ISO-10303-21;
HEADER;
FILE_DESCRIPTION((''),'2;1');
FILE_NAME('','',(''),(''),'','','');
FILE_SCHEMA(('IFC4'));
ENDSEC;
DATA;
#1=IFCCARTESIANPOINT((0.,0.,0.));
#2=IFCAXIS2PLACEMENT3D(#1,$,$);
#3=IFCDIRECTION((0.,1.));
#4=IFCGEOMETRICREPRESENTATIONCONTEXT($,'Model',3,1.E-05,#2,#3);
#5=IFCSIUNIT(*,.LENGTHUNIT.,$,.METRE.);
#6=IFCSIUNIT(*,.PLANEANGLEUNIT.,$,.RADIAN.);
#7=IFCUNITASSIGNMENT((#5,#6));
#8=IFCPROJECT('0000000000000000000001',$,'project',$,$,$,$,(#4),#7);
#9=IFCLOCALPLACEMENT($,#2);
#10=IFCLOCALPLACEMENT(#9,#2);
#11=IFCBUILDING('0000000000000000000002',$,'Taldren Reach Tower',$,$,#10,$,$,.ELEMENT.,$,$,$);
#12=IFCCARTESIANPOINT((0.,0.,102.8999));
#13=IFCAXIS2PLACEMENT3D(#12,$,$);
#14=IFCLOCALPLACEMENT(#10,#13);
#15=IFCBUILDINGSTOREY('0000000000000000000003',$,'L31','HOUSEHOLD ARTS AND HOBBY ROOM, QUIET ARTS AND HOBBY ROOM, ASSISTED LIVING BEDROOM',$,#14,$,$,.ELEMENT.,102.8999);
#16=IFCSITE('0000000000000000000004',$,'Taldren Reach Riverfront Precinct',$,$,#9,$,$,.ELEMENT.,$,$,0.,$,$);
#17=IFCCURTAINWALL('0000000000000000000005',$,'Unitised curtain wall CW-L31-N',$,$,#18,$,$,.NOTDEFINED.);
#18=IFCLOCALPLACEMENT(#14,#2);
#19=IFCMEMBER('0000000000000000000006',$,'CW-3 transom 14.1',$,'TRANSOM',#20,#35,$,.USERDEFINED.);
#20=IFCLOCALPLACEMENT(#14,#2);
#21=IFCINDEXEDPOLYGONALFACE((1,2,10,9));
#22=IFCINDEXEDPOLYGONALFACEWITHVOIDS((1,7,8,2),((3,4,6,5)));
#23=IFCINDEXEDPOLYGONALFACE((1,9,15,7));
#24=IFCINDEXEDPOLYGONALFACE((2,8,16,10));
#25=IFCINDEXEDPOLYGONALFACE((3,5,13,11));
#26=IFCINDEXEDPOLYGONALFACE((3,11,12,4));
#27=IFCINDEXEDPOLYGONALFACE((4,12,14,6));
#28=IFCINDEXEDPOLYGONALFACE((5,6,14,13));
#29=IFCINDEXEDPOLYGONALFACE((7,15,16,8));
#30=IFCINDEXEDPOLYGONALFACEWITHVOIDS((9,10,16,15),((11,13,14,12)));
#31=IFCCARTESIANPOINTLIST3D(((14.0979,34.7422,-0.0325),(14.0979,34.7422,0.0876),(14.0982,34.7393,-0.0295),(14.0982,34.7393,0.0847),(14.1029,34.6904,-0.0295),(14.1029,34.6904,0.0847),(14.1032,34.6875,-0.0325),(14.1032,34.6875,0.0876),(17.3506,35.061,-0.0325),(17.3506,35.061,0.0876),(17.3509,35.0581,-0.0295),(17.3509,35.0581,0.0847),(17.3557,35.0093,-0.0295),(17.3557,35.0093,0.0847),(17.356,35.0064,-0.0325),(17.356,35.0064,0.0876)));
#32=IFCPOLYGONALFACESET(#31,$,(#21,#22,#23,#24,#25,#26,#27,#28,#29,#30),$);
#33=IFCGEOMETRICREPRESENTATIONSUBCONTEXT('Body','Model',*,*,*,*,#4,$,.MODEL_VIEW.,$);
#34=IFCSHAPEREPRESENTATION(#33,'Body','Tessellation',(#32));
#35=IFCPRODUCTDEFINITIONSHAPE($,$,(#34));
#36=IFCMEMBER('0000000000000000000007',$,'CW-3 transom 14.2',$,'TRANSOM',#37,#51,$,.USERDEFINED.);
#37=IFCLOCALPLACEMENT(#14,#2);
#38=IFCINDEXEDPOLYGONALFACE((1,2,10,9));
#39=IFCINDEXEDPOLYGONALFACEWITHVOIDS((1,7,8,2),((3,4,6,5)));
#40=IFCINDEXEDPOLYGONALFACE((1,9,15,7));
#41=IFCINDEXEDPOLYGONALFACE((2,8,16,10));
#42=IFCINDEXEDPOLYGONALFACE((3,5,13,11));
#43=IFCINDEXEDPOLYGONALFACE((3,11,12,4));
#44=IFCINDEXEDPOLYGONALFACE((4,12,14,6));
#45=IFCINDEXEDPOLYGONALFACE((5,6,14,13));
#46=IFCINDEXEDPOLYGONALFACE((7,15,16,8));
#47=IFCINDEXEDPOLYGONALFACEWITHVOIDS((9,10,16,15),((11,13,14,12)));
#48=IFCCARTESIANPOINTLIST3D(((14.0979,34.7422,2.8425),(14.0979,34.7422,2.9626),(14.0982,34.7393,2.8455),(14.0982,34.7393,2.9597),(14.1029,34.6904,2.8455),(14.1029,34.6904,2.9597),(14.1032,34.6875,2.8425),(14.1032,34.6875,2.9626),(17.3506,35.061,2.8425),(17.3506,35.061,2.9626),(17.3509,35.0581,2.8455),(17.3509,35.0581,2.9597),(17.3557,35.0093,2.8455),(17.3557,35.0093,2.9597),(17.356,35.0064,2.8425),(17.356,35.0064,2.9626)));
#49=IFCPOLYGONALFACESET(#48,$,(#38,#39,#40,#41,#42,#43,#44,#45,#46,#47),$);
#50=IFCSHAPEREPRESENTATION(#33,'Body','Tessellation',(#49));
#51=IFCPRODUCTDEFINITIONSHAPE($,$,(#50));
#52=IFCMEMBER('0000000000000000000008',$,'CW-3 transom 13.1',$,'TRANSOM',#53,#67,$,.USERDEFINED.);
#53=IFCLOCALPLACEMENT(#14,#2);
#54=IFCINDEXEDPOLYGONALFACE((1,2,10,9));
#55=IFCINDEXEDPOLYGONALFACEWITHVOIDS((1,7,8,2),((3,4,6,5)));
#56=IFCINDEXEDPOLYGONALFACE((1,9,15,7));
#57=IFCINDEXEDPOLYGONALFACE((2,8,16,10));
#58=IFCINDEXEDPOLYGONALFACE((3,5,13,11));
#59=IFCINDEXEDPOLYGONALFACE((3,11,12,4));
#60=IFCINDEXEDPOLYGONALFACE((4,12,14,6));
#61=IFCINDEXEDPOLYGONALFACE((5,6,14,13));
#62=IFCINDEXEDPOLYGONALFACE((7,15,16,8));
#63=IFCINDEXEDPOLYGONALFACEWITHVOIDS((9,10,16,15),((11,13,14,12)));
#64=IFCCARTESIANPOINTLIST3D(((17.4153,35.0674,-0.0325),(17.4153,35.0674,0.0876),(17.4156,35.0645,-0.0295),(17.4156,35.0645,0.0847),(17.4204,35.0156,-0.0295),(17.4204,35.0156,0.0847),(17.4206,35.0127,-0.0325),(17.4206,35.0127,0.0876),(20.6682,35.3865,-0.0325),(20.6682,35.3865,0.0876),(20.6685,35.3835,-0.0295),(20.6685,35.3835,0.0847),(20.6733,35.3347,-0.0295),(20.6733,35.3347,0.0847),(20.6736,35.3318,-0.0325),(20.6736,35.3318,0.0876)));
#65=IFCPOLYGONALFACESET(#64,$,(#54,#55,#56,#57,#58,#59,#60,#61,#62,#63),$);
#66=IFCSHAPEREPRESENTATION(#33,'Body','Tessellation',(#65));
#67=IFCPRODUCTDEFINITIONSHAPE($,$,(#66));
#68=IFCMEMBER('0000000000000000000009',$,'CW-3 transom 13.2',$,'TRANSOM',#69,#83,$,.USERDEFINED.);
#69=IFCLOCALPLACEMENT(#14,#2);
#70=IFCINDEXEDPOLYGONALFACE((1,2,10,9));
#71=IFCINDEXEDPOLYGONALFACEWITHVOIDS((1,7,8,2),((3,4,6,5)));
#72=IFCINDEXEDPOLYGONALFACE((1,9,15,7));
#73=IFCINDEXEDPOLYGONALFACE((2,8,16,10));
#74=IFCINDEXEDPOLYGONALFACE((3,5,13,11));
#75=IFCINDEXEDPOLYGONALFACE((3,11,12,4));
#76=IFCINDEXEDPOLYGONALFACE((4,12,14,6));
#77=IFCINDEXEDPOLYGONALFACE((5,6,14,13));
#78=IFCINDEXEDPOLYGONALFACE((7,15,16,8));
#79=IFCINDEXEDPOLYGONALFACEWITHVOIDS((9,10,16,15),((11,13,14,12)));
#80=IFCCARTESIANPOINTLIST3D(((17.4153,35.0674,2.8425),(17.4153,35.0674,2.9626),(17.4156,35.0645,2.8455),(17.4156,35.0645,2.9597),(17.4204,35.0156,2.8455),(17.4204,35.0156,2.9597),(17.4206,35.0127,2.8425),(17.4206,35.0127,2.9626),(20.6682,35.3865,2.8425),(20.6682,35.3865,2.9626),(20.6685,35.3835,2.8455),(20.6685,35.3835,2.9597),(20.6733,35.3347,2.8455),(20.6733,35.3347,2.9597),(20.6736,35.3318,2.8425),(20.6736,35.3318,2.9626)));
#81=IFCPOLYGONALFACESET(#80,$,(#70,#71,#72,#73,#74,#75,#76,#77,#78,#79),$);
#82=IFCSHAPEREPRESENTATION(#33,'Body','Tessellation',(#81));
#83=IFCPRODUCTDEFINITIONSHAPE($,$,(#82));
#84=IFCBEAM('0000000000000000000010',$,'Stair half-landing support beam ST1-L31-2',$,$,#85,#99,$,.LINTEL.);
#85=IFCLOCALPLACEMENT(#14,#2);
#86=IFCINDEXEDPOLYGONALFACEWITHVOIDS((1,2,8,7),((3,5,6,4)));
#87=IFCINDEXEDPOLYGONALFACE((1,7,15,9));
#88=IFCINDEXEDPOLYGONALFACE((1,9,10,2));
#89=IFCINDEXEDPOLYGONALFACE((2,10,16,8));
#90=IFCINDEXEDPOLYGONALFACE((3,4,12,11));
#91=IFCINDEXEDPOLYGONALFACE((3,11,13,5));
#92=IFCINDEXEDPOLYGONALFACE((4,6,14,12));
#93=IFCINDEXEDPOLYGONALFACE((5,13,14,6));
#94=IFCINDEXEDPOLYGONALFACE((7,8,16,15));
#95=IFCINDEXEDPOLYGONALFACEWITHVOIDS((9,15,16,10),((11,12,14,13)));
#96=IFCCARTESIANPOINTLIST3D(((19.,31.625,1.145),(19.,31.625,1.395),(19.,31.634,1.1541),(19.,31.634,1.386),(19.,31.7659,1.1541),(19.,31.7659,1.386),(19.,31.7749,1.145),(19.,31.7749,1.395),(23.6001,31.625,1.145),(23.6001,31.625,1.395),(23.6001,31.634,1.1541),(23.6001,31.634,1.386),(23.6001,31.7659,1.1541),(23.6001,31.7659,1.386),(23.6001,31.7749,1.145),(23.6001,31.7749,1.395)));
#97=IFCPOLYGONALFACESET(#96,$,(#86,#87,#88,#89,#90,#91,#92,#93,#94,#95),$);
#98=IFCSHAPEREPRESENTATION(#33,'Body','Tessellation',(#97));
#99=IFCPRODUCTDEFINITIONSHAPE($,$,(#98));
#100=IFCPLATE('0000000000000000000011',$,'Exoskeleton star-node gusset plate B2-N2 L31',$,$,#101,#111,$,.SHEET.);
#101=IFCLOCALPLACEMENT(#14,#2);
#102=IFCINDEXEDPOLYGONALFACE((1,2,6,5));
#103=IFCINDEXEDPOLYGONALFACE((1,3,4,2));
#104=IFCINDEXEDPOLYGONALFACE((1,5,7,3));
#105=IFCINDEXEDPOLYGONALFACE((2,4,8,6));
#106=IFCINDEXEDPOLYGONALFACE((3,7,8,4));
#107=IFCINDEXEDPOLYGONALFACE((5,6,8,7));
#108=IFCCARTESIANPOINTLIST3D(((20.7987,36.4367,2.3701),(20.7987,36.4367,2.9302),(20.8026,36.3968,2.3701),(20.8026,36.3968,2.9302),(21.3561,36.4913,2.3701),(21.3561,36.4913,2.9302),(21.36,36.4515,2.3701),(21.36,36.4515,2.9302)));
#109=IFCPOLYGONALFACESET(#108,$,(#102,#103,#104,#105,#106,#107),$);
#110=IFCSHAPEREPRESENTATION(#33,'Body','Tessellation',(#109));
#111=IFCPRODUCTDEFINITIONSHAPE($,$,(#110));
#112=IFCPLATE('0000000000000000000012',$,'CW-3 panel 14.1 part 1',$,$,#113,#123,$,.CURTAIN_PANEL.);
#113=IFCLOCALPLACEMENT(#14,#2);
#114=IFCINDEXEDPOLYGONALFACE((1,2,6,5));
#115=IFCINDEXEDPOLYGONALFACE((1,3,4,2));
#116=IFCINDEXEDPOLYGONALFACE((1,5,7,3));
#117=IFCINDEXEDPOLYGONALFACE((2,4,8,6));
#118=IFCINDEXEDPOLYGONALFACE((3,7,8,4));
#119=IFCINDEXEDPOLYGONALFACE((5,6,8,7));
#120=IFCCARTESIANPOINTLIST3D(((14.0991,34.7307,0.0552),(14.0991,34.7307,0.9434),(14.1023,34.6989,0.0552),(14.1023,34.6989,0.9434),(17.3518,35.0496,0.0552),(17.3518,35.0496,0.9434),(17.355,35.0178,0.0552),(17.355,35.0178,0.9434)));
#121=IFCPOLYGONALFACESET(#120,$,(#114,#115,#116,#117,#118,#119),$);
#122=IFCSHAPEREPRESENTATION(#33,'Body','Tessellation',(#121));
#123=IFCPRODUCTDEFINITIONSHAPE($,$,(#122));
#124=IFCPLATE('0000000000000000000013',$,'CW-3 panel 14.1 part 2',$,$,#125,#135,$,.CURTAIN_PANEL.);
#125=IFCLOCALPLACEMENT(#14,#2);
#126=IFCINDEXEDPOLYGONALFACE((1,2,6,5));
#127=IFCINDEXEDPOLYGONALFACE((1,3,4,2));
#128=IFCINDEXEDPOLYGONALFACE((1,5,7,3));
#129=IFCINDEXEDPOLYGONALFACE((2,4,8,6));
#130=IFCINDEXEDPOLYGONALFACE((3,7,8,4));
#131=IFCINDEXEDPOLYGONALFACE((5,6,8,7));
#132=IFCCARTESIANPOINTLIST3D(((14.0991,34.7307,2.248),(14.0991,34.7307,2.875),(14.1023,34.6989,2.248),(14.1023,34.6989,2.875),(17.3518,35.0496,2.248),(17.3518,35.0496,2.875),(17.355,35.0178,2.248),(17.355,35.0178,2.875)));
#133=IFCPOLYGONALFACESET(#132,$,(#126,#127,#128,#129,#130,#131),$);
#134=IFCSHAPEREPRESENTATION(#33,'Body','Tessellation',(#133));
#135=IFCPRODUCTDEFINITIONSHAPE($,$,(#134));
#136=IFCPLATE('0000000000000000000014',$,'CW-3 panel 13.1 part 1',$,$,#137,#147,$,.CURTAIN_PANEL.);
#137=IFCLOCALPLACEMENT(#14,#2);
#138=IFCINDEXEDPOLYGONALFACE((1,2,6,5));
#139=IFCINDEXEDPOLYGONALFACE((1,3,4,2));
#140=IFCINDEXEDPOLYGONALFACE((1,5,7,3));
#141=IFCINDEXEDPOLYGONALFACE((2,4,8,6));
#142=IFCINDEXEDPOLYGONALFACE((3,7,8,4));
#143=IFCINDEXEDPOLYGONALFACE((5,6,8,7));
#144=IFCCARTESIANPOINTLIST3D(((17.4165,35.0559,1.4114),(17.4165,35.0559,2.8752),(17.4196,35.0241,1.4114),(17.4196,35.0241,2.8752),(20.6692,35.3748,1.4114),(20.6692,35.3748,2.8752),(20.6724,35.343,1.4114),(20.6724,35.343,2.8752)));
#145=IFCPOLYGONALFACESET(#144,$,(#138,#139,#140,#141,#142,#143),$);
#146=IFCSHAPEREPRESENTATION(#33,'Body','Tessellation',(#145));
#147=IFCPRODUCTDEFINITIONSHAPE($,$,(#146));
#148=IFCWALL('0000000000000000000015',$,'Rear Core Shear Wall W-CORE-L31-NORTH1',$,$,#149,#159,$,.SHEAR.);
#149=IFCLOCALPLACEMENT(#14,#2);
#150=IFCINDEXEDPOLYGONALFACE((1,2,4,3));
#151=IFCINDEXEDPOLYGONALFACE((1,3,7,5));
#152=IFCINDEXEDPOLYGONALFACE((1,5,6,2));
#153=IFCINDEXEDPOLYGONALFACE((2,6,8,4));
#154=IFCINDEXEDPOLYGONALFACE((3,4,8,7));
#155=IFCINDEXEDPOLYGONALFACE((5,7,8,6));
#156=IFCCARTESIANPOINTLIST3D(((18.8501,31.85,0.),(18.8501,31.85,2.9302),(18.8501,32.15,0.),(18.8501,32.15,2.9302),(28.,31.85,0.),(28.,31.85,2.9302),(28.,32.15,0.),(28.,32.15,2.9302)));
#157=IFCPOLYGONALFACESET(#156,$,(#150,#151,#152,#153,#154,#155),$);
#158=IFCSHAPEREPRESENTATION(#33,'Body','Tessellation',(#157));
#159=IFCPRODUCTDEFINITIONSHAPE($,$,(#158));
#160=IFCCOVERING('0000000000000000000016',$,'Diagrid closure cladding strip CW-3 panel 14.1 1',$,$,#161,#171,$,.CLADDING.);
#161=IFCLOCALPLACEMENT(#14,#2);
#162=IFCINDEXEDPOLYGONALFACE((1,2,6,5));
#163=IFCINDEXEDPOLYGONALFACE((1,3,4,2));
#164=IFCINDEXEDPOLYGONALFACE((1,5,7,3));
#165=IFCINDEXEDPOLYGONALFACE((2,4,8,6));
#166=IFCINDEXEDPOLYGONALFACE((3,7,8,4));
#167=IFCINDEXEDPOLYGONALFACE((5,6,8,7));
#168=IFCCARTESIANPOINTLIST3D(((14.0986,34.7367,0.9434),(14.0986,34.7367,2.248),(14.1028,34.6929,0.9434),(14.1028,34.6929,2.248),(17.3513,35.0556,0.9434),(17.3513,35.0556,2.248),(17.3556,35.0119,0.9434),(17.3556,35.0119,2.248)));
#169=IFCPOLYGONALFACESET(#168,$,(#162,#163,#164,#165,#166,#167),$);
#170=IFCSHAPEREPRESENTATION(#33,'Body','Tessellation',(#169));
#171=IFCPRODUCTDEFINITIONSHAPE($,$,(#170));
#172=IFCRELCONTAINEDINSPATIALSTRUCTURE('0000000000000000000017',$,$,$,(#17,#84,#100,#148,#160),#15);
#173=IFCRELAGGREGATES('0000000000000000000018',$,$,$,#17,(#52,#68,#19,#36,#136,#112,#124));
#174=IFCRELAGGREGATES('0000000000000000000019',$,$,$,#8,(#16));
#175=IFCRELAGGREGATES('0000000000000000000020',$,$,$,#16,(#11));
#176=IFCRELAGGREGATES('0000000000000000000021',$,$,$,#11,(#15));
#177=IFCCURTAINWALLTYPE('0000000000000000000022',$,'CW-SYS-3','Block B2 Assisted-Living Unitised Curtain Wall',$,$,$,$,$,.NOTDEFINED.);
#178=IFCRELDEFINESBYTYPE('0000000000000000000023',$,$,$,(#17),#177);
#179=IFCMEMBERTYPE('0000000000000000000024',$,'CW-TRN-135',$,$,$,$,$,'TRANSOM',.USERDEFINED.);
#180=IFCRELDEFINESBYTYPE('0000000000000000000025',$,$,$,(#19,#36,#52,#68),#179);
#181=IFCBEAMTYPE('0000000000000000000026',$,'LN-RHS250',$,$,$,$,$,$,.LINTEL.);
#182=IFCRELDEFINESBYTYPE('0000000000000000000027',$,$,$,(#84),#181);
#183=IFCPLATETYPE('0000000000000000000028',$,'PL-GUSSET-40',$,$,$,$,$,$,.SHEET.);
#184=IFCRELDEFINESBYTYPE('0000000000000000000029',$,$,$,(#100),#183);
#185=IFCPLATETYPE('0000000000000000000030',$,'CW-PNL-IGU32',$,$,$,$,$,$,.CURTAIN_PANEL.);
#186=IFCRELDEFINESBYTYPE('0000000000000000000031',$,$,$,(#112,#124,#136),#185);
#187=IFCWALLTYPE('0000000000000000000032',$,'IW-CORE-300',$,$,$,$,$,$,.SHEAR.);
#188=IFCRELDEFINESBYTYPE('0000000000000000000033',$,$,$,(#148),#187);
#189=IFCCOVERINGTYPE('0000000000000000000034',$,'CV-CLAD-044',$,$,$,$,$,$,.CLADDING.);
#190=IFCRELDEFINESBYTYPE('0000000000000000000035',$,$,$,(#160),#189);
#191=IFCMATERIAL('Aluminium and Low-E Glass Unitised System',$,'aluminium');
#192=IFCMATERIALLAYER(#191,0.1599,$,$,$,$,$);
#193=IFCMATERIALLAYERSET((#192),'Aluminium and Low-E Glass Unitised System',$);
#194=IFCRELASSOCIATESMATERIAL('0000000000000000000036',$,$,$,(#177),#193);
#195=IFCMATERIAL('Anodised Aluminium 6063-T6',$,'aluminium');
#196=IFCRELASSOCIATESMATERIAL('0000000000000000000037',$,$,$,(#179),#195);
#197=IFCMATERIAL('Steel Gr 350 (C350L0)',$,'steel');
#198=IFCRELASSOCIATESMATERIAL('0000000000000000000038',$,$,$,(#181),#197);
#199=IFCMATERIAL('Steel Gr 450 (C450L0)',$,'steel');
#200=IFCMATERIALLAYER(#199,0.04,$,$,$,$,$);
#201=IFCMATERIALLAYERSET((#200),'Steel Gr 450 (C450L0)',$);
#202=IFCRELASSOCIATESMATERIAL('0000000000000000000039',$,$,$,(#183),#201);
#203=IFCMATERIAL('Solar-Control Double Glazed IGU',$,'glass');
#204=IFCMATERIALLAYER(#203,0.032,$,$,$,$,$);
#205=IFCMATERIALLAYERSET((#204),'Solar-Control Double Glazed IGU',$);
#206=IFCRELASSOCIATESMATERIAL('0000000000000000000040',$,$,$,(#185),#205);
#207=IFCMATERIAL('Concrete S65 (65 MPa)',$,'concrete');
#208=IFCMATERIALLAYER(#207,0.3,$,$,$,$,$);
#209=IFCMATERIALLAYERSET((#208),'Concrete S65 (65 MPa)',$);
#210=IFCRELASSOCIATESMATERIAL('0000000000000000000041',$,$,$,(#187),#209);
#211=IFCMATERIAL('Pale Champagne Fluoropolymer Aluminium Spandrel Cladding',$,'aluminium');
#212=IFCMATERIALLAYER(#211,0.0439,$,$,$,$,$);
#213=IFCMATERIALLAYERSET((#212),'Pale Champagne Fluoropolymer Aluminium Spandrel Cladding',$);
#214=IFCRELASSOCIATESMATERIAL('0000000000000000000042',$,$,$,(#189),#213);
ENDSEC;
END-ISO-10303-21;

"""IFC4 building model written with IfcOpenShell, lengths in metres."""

from ifc_helpers import new_model, si_unit, direction, frame, frame_2d, origin, origin_2d, place, context, subcontext, project, spatial, rectangle, hollow_rectangle, extrude, source, transform, mapped, material, layer, layer_set, material_profile, profile_set, type_object, element, aggregate, save


model = new_model("IFC4")

# Units and contexts
model_context = context("Model", 3, precision=1e-05, world=origin(), true_north=direction((0.0, 1.0)))
body_context = subcontext(model_context, "Body", "Model", "MODEL_VIEW")
ifc_project = project(units=[si_unit("LENGTHUNIT", "METRE"), si_unit("PLANEANGLEUNIT", "RADIAN")], contexts=[model_context])

# Site, building, storey
site_placement = place(None, origin())
site = spatial("IfcSite", under=ifc_project, at=site_placement, Name="Taldren Reach Riverfront Precinct", CompositionType="ELEMENT", RefElevation=0.0)
building_placement = place(site_placement, origin())
building = spatial("IfcBuilding", under=site, at=building_placement, Name="Taldren Reach Tower", CompositionType="ELEMENT")
storey_placement = place(building_placement, frame((0.0, 0.0, 102.8999)))
storey = spatial("IfcBuildingStorey", under=building, at=storey_placement, Name="L31", Description="HOUSEHOLD ARTS AND HOBBY ROOM, QUIET ARTS AND HOBBY ROOM, ASSISTED LIVING BEDROOM", CompositionType="ELEMENT", Elevation=102.8999)

# Shared definitions
ifc_material_1 = material(Name="Concrete S65 (65 MPa)", Category="concrete")

# Shared definitions
ifc_material_2 = material(Name="Steel Gr 450 (C450L0)", Category="steel")

# Curtain wall, members
ifc_material_3 = material(Name="Aluminium and Low-E Glass Unitised System", Category="aluminium")
ifc_layer_1 = layer(ifc_material_3, 0.1599)
ifc_layer_set_1 = layer_set([ifc_layer_1], Name="Aluminium and Low-E Glass Unitised System")
curtain_wall_type = type_object("IfcCurtainWallType", Name="CW-SYS-3", Description="Block B2 Assisted-Living Unitised Curtain Wall", PredefinedType="NOTDEFINED", material=ifc_layer_set_1)
curtain_wall_placement = place(storey_placement, origin())
curtain_wall = element("IfcCurtainWall", 1, at=curtain_wall_placement, inside=storey, type_object=curtain_wall_type, Name="Unitised curtain wall CW-L31-N", PredefinedType="NOTDEFINED")
ifc_material_4 = material(Name="Anodised Aluminium 6063-T6", Category="aluminium")
ifc_material_profile_1 = material_profile(ifc_material_4, hollow_rectangle(XDim=0.0549, YDim=0.1201, WallThickness=0.0029, at=origin_2d()), Name="ALU-120x55x3RHS")
ifc_profile_set_1 = profile_set([ifc_material_profile_1], Name="Anodised Aluminium 6063-T6")
member_type_1 = type_object("IfcMemberType", Name="CW-TRN-135", ElementType="TRANSOM", PredefinedType="USERDEFINED", material=ifc_profile_set_1)
shared_shape_1 = source(origin(), body_context, "Body", "SweptSolid", [
    extrude(hollow_rectangle(XDim=0.0549, YDim=0.1201, WallThickness=0.0029, at=origin_2d()), origin(), (0.0, 0.0, 1.0), 3.2683),
])
member_1_placement = place(storey_placement, frame((17.3533, 35.0337, 0.0276), z_axis=(-0.99523, -0.097558, 0.0), x_axis=(0.097558, -0.99523, 0.0)))
member_1 = element("IfcMember", 2, at=member_1_placement, type_object=member_type_1, Name="CW-3 transom 14.1", ObjectType="TRANSOM", PredefinedType="USERDEFINED", context=body_context, shape_type="MappedRepresentation", body=[
    mapped(shared_shape_1, transform((0.0, 0.0, 0.0), scale=1.0)),
])
member_2_placement = place(storey_placement, frame((17.3533, 35.0337, 2.9026), z_axis=(-0.99523, -0.097558, 0.0), x_axis=(0.097558, -0.99523, 0.0)))
member_2 = element("IfcMember", 3, at=member_2_placement, type_object=member_type_1, Name="CW-3 transom 14.2", ObjectType="TRANSOM", PredefinedType="USERDEFINED", context=body_context, shape_type="MappedRepresentation", body=[
    mapped(shared_shape_1, transform((0.0, 0.0, 0.0), scale=1.0)),
])
shared_shape_2 = source(origin(), body_context, "Body", "SweptSolid", [
    extrude(hollow_rectangle(XDim=0.0549, YDim=0.1201, WallThickness=0.0029, at=origin_2d()), origin(), (0.0, 0.0, 1.0), 3.2686),
])
member_3_placement = place(storey_placement, frame((20.6709, 35.3591, 0.0276), z_axis=(-0.995223, -0.097625, 0.0), x_axis=(0.097625, -0.995223, 0.0)))
member_3 = element("IfcMember", 4, at=member_3_placement, type_object=member_type_1, Name="CW-3 transom 13.1", ObjectType="TRANSOM", PredefinedType="USERDEFINED", context=body_context, shape_type="MappedRepresentation", body=[
    mapped(shared_shape_2, transform((0.0, 0.0, 0.0), scale=1.0)),
])
member_4_placement = place(storey_placement, frame((20.6709, 35.3591, 2.9026), z_axis=(-0.995223, -0.097625, 0.0), x_axis=(0.097625, -0.995223, 0.0)))
member_4 = element("IfcMember", 5, at=member_4_placement, type_object=member_type_1, Name="CW-3 transom 13.2", ObjectType="TRANSOM", PredefinedType="USERDEFINED", context=body_context, shape_type="MappedRepresentation", body=[
    mapped(shared_shape_2, transform((0.0, 0.0, 0.0), scale=1.0)),
])

# Beam
ifc_material_5 = material(Name="Steel Gr 350 (C350L0)", Category="steel")
ifc_material_profile_2 = material_profile(ifc_material_5, hollow_rectangle(XDim=0.1499, YDim=0.25, WallThickness=0.009, at=origin_2d()), Name="250x150x9.0RHS")
ifc_profile_set_2 = profile_set([ifc_material_profile_2], Name="Steel Gr 350 (C350L0)")
beam_type_1 = type_object("IfcBeamType", Name="LN-RHS250", PredefinedType="LINTEL", material=ifc_profile_set_2)
shared_shape_3 = source(origin(), body_context, "Body", "SweptSolid", [
    extrude(hollow_rectangle(XDim=0.1499, YDim=0.25, WallThickness=0.009, at=origin_2d()), origin(), (0.0, 0.0, 1.0), 4.6001),
])
beam_1_placement = place(storey_placement, frame((19.0, 31.7, 1.27), z_axis=(1.0, 0.0, 0.0), x_axis=(0.0, 1.0, 0.0)))
element("IfcBeam", 6, at=beam_1_placement, inside=storey, type_object=beam_type_1, Name="Stair half-landing support beam ST1-L31-2", PredefinedType="LINTEL", context=body_context, shape_type="MappedRepresentation", body=[
    mapped(shared_shape_3, transform((0.0, 0.0, 0.0), scale=1.0)),
])

# Plates
ifc_layer_2 = layer(ifc_material_2, 0.04)
ifc_layer_set_2 = layer_set([ifc_layer_2], Name="Steel Gr 450 (C450L0)")
plate_type_1 = type_object("IfcPlateType", Name="PL-GUSSET-40", PredefinedType="SHEET", material=ifc_layer_set_2)
shared_shape_4 = source(origin(), body_context, "Body", "SweptSolid", [
    extrude(rectangle(XDim=0.5601, YDim=0.04, at=origin_2d()), origin(), (0.0, 0.0, 1.0), 0.5601),
])
plate_1_placement = place(storey_placement, frame((21.0793, 36.4441, 2.3701), z_axis=(0.0, 0.0, 1.0), x_axis=(0.995227, 0.097583, 0.0)))
element("IfcPlate", 7, at=plate_1_placement, inside=storey, type_object=plate_type_1, Name="Exoskeleton star-node gusset plate B2-N2 L31", PredefinedType="SHEET", context=body_context, shape_type="MappedRepresentation", body=[
    mapped(shared_shape_4, transform((0.0, 0.0, 0.0), scale=1.0)),
])
ifc_material_6 = material(Name="Solar-Control Double Glazed IGU", Category="glass")
ifc_layer_3 = layer(ifc_material_6, 0.032)
ifc_layer_set_3 = layer_set([ifc_layer_3], Name="Solar-Control Double Glazed IGU")
plate_type_2 = type_object("IfcPlateType", Name="CW-PNL-IGU32", PredefinedType="CURTAIN_PANEL", material=ifc_layer_set_3)
shared_shape_5 = source(origin(), body_context, "Body", "SweptSolid", [
    extrude(rectangle(XDim=3.2683, YDim=0.032, at=origin_2d()), origin(), (0.0, 0.0, 1.0), 0.8882),
])
plate_2_placement = place(storey_placement, frame((15.7271, 34.8743, 0.0552), z_axis=(0.0, 0.0, 1.0), x_axis=(-0.995227, -0.097583, 0.0)))
plate_2 = element("IfcPlate", 8, at=plate_2_placement, type_object=plate_type_2, Name="CW-3 panel 14.1 part 1", PredefinedType="CURTAIN_PANEL", context=body_context, shape_type="MappedRepresentation", body=[
    mapped(shared_shape_5, transform((0.0, 0.0, 0.0), scale=1.0)),
])
shared_shape_6 = source(origin(), body_context, "Body", "SweptSolid", [
    extrude(rectangle(XDim=3.2683, YDim=0.032, at=origin_2d()), origin(), (0.0, 0.0, 1.0), 0.627),
])
plate_3_placement = place(storey_placement, frame((15.7271, 34.8743, 2.248), z_axis=(0.0, 0.0, 1.0), x_axis=(-0.995227, -0.097583, 0.0)))
plate_3 = element("IfcPlate", 9, at=plate_3_placement, type_object=plate_type_2, Name="CW-3 panel 14.1 part 2", PredefinedType="CURTAIN_PANEL", context=body_context, shape_type="MappedRepresentation", body=[
    mapped(shared_shape_6, transform((0.0, 0.0, 0.0), scale=1.0)),
])
shared_shape_7 = source(origin(), body_context, "Body", "SweptSolid", [
    extrude(rectangle(XDim=3.2683, YDim=0.032, at=origin_2d()), origin(), (0.0, 0.0, 1.0), 1.4639),
])
plate_4_placement = place(storey_placement, frame((19.0444, 35.1995, 1.4114), z_axis=(0.0, 0.0, 1.0), x_axis=(-0.995227, -0.097583, 0.0)))
plate_4 = element("IfcPlate", 10, at=plate_4_placement, type_object=plate_type_2, Name="CW-3 panel 13.1 part 1", PredefinedType="CURTAIN_PANEL", context=body_context, shape_type="MappedRepresentation", body=[
    mapped(shared_shape_7, transform((0.0, 0.0, 0.0), scale=1.0)),
])
aggregate(curtain_wall, [member_3, member_4, member_1, member_2, plate_4, plate_2, plate_3])

# Wall
ifc_layer_4 = layer(ifc_material_1, 0.3)
ifc_layer_set_4 = layer_set([ifc_layer_4], Name="Concrete S65 (65 MPa)")
wall_type = type_object("IfcWallType", Name="IW-CORE-300", PredefinedType="SHEAR", material=ifc_layer_set_4)
shared_shape_8 = source(origin(), body_context, "Body", "SweptSolid", [
    extrude(rectangle(XDim=9.1499, YDim=0.3, at=frame_2d((4.575, 0.0))), origin(), (0.0, 0.0, 1.0), 2.9302),
])
wall_placement = place(storey_placement, frame((18.8501, 32.0, 0.0), z_axis=(0.0, 0.0, 1.0), x_axis=(1.0, 0.0, 0.0)))
element("IfcWall", 11, at=wall_placement, inside=storey, type_object=wall_type, Name="Rear Core Shear Wall W-CORE-L31-NORTH1", PredefinedType="SHEAR", context=body_context, shape_type="MappedRepresentation", body=[
    mapped(shared_shape_8, transform((0.0, 0.0, 0.0), scale=1.0)),
])

# Covering
ifc_material_7 = material(Name="Pale Champagne Fluoropolymer Aluminium Spandrel Cladding", Category="aluminium")
ifc_layer_5 = layer(ifc_material_7, 0.0439)
ifc_layer_set_5 = layer_set([ifc_layer_5], Name="Pale Champagne Fluoropolymer Aluminium Spandrel Cladding")
covering_type = type_object("IfcCoveringType", Name="CV-CLAD-044", PredefinedType="CLADDING", material=ifc_layer_set_5)
shared_shape_9 = source(origin(), body_context, "Body", "SweptSolid", [
    extrude(rectangle(XDim=3.2683, YDim=0.0439, at=origin_2d()), origin(), (0.0, 0.0, 1.0), 1.3047),
])
covering_1_placement = place(storey_placement, frame((15.7271, 34.8743, 0.9434), z_axis=(0.0, 0.0, 1.0), x_axis=(-0.995227, -0.097583, 0.0)))
element("IfcCovering", 12, at=covering_1_placement, inside=storey, type_object=covering_type, Name="Diagrid closure cladding strip CW-3 panel 14.1 1", PredefinedType="CLADDING", context=body_context, shape_type="MappedRepresentation", body=[
    mapped(shared_shape_9, transform((0.0, 0.0, 0.0), scale=1.0)),
])

save(model, "model.ifc")
